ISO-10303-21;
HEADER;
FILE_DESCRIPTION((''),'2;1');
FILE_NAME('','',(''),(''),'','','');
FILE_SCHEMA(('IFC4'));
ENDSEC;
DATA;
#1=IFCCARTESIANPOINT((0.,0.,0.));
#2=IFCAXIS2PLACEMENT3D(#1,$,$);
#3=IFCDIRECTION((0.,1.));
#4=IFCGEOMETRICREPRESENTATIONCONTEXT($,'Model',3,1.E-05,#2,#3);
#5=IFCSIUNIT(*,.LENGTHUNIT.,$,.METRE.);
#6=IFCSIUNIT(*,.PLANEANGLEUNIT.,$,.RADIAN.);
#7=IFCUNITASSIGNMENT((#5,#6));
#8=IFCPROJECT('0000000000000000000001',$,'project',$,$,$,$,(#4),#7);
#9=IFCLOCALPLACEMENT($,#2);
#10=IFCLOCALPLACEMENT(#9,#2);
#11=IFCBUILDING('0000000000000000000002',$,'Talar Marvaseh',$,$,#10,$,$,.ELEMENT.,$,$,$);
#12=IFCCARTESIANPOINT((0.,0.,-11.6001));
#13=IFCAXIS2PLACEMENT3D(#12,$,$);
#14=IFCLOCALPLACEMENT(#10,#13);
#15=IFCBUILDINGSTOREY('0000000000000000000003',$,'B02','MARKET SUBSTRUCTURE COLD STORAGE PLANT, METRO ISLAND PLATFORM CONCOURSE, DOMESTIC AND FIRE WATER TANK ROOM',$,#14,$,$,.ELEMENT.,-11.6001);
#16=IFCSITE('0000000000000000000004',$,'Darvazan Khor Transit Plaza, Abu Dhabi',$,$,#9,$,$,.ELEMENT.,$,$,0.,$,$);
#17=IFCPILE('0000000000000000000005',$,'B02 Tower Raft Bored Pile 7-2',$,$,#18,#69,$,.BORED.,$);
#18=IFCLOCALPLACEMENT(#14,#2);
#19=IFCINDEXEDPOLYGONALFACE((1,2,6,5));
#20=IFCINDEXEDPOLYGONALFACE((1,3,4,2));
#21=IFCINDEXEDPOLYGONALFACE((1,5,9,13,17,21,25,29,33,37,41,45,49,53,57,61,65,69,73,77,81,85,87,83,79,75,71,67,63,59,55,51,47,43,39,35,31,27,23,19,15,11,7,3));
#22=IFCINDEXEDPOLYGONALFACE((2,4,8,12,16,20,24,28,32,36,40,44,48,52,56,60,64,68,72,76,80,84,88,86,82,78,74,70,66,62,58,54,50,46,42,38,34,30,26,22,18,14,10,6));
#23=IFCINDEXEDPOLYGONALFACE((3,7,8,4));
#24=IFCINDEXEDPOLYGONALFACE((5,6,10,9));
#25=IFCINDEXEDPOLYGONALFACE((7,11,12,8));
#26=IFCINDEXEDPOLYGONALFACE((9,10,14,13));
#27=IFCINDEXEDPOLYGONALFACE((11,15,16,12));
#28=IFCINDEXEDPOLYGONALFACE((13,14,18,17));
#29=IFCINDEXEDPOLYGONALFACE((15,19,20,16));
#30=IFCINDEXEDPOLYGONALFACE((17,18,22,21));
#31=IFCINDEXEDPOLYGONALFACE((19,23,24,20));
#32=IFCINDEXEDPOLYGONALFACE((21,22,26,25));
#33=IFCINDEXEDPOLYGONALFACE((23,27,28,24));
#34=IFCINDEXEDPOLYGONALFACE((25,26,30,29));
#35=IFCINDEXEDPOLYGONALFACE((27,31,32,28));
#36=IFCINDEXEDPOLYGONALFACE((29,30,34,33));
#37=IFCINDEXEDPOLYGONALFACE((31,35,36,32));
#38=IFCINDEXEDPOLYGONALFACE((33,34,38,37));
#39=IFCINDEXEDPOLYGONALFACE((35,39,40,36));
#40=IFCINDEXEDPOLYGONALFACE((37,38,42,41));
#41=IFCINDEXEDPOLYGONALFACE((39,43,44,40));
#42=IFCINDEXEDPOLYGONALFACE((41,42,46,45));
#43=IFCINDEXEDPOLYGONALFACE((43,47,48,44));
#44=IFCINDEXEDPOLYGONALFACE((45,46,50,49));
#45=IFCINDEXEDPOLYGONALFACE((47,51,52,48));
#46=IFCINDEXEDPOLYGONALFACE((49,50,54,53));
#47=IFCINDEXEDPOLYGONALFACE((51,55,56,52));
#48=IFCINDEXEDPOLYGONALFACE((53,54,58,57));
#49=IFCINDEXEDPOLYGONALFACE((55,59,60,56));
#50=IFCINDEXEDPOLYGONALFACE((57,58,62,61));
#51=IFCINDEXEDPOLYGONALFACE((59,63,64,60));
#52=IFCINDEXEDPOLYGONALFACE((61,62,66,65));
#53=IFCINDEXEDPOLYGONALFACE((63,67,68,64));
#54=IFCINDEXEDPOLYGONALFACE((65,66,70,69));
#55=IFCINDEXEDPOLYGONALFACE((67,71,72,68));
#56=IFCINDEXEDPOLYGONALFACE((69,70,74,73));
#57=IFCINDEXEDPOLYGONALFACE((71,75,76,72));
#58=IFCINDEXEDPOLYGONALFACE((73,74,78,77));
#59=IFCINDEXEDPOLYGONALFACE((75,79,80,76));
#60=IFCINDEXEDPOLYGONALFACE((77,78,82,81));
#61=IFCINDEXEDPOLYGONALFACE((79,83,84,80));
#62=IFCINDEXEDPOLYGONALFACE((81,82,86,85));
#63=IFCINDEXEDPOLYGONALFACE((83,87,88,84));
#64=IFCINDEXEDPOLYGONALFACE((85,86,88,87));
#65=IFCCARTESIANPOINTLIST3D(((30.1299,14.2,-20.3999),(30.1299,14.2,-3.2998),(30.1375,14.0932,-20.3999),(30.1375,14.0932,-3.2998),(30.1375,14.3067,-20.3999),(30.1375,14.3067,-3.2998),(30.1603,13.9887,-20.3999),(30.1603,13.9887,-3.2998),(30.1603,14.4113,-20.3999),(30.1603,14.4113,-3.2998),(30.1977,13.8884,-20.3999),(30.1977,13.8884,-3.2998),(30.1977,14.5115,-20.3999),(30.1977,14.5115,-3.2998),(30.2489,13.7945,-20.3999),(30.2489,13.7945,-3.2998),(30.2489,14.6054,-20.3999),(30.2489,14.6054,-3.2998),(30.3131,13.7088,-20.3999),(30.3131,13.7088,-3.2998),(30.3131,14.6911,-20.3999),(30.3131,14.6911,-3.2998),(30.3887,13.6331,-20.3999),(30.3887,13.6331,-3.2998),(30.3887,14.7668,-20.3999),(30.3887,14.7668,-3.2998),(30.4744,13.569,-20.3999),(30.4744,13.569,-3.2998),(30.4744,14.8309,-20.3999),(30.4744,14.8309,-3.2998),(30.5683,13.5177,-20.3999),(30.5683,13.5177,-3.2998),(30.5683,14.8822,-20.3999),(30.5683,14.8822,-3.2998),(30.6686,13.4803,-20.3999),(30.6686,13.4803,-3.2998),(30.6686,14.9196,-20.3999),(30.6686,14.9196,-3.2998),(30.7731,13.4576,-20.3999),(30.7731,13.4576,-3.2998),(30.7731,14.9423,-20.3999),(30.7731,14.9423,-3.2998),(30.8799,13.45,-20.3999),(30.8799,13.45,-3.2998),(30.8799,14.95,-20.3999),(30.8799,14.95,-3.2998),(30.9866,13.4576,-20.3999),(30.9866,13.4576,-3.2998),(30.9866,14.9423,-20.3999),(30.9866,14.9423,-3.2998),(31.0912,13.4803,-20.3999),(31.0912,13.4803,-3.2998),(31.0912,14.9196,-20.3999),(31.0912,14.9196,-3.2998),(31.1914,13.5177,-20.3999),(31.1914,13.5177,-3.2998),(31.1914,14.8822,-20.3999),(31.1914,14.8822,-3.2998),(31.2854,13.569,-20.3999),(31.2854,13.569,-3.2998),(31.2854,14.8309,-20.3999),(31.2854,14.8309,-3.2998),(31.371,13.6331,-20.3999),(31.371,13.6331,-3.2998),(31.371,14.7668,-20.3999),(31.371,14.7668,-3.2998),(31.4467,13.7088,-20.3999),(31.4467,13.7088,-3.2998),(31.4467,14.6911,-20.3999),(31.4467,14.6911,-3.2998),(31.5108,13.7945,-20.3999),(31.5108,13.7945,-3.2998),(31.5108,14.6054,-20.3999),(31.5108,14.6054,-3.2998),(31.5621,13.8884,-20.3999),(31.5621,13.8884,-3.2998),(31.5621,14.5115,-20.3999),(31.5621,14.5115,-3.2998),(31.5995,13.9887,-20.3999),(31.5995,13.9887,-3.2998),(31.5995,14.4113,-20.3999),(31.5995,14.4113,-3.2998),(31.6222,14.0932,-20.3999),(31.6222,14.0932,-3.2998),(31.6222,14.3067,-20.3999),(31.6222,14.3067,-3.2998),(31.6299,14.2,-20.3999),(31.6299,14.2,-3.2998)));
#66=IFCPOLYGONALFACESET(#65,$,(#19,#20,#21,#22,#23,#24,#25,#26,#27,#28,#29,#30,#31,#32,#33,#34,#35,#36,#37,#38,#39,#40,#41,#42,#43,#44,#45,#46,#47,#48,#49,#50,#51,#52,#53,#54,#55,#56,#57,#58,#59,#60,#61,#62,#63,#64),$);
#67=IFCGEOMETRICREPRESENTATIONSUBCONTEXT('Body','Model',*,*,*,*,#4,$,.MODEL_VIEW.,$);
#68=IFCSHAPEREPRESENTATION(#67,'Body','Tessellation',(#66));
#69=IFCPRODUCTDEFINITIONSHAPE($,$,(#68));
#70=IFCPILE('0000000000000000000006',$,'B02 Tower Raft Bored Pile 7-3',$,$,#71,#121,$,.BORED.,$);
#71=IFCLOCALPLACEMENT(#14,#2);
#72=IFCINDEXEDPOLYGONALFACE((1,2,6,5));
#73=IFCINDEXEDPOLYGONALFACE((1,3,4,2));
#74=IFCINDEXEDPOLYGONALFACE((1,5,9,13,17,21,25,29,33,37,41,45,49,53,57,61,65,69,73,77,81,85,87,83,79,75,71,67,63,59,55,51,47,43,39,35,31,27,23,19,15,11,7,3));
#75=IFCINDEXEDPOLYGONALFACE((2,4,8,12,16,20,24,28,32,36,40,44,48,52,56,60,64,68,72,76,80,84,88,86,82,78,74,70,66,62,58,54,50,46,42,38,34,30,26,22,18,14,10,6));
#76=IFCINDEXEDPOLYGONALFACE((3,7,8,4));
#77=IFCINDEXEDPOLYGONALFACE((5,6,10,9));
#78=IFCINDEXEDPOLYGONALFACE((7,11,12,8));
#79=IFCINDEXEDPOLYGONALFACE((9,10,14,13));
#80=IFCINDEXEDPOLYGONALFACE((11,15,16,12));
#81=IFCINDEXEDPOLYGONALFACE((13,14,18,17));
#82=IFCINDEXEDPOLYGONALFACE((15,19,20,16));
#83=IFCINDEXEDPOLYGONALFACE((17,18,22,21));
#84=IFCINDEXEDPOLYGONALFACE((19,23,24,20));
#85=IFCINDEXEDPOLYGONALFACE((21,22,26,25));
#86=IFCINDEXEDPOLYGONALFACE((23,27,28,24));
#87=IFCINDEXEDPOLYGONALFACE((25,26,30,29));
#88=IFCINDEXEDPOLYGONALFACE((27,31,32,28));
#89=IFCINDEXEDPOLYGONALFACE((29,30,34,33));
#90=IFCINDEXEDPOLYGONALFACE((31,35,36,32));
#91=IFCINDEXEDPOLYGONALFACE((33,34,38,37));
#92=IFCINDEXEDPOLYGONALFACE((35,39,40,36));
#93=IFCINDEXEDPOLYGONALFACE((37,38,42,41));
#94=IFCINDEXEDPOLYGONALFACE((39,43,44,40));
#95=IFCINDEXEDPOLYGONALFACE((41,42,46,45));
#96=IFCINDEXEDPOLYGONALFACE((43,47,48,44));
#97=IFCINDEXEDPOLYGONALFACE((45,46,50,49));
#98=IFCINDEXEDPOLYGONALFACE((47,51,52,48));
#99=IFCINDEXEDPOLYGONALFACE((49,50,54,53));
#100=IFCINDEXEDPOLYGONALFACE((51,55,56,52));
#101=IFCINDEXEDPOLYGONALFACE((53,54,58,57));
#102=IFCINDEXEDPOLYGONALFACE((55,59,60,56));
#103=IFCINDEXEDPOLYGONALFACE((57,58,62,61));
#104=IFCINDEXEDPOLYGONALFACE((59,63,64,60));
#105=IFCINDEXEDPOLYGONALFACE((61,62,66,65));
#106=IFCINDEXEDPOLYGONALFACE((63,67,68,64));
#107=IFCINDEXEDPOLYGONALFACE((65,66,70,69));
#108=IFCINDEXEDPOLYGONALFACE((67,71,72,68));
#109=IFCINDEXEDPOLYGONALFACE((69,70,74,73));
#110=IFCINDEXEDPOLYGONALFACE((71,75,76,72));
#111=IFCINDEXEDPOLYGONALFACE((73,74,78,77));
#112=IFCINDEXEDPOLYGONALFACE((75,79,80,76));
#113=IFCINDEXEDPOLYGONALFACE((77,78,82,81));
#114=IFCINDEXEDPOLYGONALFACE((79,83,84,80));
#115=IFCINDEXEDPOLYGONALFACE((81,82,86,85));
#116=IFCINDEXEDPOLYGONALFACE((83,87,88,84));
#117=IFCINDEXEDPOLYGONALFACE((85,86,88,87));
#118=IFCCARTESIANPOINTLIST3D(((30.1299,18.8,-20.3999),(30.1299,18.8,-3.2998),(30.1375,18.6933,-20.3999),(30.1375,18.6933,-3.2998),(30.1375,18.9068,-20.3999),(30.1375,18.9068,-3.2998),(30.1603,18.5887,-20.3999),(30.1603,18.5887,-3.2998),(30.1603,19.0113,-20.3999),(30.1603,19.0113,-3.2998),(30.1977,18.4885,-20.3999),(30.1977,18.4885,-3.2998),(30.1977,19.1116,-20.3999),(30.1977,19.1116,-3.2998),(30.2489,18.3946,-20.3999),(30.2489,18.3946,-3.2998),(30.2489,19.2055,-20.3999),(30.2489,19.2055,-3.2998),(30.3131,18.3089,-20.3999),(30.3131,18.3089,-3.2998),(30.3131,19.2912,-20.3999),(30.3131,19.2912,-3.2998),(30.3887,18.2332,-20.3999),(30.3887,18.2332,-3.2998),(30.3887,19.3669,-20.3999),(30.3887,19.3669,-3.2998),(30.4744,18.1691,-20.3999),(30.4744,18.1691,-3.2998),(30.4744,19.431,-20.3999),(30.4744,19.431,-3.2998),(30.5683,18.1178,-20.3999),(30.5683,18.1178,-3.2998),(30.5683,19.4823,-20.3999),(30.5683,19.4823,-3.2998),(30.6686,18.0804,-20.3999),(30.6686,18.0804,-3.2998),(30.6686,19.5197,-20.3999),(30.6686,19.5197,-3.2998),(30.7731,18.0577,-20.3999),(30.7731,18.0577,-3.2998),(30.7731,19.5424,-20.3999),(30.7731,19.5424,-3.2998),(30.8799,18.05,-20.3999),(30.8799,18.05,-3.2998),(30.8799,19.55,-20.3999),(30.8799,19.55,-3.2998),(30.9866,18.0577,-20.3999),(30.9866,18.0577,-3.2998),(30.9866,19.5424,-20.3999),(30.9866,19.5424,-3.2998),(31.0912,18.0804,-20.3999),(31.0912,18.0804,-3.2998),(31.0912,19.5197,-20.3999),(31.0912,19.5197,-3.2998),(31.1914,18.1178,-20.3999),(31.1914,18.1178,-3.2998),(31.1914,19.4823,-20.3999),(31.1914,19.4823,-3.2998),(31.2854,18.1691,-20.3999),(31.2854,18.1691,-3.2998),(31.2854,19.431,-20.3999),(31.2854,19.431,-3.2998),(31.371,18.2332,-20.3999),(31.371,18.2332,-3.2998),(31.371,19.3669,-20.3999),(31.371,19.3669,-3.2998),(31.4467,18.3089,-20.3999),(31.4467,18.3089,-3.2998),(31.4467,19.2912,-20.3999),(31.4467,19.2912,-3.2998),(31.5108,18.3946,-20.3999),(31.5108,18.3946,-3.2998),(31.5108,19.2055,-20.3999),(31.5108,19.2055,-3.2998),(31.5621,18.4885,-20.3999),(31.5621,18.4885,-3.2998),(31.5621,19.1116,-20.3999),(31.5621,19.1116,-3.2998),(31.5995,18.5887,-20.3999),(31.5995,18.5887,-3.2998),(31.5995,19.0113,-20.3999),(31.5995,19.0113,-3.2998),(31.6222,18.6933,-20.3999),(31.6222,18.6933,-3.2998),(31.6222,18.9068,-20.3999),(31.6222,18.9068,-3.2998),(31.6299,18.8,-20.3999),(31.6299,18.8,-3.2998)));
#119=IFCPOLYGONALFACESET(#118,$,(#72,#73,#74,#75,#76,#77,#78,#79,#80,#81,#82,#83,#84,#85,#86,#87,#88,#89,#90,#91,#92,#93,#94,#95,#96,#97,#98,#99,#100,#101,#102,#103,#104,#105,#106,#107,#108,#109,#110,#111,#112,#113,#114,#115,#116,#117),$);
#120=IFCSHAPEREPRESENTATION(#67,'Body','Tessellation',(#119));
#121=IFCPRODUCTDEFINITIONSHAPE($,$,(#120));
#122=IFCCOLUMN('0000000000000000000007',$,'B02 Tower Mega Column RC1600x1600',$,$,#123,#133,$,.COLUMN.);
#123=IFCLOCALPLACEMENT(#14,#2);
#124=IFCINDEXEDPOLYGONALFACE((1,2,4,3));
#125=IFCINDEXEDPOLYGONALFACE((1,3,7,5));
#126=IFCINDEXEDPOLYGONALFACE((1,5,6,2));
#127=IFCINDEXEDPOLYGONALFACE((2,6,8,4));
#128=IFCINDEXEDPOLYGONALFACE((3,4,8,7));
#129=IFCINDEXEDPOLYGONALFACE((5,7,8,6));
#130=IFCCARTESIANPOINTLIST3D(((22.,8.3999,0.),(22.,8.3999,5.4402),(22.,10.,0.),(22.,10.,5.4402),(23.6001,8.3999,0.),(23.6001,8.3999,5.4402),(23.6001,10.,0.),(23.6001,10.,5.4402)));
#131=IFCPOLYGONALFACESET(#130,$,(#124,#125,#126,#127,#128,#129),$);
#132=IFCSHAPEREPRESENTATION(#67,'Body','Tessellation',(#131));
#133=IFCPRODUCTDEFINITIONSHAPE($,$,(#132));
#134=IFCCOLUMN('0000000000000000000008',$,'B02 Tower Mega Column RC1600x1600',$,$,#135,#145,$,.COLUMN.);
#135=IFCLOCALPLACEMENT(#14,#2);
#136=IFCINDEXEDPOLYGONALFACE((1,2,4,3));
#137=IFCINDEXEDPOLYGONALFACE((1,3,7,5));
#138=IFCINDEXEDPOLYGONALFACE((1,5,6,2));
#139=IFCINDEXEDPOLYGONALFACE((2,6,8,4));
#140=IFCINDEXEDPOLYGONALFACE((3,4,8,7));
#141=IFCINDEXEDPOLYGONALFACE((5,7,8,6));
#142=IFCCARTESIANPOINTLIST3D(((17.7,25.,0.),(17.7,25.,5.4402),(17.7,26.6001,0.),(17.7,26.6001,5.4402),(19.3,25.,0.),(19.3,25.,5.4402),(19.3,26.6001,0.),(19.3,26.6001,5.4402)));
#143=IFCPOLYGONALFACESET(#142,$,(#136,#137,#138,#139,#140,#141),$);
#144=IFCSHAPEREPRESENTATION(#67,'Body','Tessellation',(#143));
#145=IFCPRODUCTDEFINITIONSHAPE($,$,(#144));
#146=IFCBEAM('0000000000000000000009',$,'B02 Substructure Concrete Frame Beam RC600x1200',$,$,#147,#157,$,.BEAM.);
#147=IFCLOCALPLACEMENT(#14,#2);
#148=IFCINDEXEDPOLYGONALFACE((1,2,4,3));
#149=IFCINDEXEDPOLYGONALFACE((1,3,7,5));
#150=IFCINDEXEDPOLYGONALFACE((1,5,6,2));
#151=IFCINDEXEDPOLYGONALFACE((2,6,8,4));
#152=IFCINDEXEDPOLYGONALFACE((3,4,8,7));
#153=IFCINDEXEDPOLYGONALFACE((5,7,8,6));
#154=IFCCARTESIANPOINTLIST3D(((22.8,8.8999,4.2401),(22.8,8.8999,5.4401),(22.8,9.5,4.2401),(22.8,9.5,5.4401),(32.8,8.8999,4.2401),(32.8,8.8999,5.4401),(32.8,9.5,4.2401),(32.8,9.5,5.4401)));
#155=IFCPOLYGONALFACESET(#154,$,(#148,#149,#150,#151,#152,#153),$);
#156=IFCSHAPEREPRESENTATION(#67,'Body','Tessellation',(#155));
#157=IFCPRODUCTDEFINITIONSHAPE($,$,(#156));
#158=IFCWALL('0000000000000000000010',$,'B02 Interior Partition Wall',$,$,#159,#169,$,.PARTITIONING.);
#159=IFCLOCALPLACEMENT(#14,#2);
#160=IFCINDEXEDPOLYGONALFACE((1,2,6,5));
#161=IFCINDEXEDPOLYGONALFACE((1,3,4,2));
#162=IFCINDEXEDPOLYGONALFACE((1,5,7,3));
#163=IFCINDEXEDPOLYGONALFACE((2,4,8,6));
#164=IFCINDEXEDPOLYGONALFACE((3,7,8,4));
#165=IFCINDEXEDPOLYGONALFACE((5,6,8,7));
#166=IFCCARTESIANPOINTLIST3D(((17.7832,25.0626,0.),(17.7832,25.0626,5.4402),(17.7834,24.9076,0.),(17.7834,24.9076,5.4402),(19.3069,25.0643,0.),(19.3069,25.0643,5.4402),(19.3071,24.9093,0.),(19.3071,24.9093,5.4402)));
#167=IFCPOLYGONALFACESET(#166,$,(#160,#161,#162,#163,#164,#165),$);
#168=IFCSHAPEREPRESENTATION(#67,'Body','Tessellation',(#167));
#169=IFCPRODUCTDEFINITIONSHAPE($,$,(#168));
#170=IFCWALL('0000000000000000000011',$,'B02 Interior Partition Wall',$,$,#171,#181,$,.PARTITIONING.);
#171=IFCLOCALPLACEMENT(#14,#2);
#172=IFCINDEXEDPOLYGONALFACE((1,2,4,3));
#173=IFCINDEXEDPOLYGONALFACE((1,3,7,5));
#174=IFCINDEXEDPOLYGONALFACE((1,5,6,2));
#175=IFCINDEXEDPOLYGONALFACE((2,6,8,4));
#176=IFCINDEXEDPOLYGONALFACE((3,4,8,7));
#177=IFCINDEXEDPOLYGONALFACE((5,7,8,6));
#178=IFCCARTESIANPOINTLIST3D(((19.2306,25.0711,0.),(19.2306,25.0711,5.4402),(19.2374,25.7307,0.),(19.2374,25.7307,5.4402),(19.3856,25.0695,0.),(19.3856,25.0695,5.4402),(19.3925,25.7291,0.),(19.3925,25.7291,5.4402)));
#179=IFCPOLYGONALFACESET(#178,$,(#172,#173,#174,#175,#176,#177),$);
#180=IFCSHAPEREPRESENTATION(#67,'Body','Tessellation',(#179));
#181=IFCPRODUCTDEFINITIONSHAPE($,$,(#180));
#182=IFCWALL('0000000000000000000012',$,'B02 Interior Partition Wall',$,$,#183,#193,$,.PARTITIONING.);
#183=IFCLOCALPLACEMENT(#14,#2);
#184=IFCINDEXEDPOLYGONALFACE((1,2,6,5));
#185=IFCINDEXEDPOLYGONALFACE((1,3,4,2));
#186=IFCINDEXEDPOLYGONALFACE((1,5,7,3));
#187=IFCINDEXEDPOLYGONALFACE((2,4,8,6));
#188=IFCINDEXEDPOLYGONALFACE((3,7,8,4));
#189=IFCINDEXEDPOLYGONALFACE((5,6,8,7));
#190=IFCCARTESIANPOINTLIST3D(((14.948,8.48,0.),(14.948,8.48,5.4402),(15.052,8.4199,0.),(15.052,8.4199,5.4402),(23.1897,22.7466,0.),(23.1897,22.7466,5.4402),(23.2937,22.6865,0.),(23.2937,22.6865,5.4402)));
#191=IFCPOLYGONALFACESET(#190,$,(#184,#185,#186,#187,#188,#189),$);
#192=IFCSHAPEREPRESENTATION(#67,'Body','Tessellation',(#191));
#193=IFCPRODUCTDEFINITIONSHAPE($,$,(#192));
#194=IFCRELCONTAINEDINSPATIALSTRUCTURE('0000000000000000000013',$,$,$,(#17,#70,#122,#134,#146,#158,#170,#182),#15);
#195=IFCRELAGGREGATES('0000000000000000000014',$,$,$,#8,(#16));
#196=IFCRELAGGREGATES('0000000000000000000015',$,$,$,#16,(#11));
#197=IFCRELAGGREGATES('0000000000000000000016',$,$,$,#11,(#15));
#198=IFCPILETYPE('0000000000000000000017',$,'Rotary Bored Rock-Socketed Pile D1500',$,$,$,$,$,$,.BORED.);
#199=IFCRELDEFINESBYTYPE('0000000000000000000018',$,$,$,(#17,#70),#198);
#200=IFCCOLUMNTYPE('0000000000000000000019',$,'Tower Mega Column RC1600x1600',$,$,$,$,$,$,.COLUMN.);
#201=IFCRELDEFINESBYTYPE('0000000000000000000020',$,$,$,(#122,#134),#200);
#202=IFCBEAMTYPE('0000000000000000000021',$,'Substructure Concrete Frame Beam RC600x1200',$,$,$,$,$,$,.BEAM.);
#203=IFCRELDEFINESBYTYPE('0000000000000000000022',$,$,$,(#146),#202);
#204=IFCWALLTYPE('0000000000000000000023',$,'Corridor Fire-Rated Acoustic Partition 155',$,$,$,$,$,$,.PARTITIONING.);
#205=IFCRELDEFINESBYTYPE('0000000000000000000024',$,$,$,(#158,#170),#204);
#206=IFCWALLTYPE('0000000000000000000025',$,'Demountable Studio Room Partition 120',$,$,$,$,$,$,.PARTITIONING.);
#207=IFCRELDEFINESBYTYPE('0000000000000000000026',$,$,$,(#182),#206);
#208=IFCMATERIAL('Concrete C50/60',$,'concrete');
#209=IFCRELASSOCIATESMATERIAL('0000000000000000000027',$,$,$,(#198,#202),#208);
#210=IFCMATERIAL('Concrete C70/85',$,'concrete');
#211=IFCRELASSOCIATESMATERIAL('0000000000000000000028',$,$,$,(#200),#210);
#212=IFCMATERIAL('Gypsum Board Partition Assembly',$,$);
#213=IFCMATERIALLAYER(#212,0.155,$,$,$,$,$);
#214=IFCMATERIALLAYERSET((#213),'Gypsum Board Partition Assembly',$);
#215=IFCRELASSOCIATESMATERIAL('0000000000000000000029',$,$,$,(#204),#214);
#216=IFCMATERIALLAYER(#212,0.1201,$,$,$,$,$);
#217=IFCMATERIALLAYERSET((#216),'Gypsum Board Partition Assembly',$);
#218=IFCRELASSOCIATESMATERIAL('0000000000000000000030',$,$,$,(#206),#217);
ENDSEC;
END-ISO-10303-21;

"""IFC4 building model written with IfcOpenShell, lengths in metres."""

from ifc_helpers import new_model, si_unit, direction, frame, frame_2d, origin, origin_2d, place, context, subcontext, project, spatial, rectangle, circle, extrude, source, transform, mapped, material, layer, layer_set, material_profile, profile_set, type_object, type_shapes, element, save


model = new_model("IFC4")

# Units and contexts
model_context = context("Model", 3, precision=1e-05, world=origin(), true_north=direction((0.0, 1.0)))
body_context = subcontext(model_context, "Body", "Model", "MODEL_VIEW")
ifc_project = project(units=[si_unit("LENGTHUNIT", "METRE"), si_unit("PLANEANGLEUNIT", "RADIAN")], contexts=[model_context])

# Site, building, storey
site_placement = place(None, origin())
site = spatial("IfcSite", under=ifc_project, at=site_placement, Name="Darvazan Khor Transit Plaza, Abu Dhabi", CompositionType="ELEMENT", RefElevation=0.0)
building_placement = place(site_placement, origin())
building = spatial("IfcBuilding", under=site, at=building_placement, Name="Talar Marvaseh", CompositionType="ELEMENT")
storey_placement = place(building_placement, frame((0.0, 0.0, -11.6001)))
storey = spatial("IfcBuildingStorey", under=building, at=storey_placement, Name="B02", Description="MARKET SUBSTRUCTURE COLD STORAGE PLANT, METRO ISLAND PLATFORM CONCOURSE, DOMESTIC AND FIRE WATER TANK ROOM", CompositionType="ELEMENT", Elevation=-11.6001)

# Piles
ifc_material_1 = material(Name="Concrete C50/60", Category="concrete")
ifc_material_profile_1 = material_profile(ifc_material_1, circle(Radius=0.75, at=origin_2d()), Name="PILE-D1500")
ifc_profile_set_1 = profile_set([ifc_material_profile_1], Name="Concrete C50/60")
pile_type_1 = type_object("IfcPileType", Name="Rotary Bored Rock-Socketed Pile D1500", PredefinedType="BORED", material=ifc_profile_set_1)
shared_shape_1 = source(origin(), body_context, "Body", "SweptSolid", [
    extrude(circle(Radius=0.75, at=origin_2d()), origin(), (0.0, 0.0, 1.0), 17.1001),
])
type_shapes(pile_type_1, [shared_shape_1])
for number, where, z_axis, x_axis, name in (
    (1, (30.8799, 14.2, -3.2998), (0.0, 0.0, -1.0), (1.0, 0.0, 0.0), "B02 Tower Raft Bored Pile 7-2"),
    (2, (30.8799, 18.8, -3.2998), (0.0, 0.0, -1.0), (1.0, 0.0, 0.0), "B02 Tower Raft Bored Pile 7-3"),
):
    element("IfcPile", number, at=place(storey_placement, frame(where, z_axis=z_axis, x_axis=x_axis)), inside=storey, type_object=pile_type_1, Name=name, PredefinedType="BORED", context=body_context, shape_type="MappedRepresentation", body=[
        mapped(shared_shape_1, transform((0.0, 0.0, 0.0), x_axis=(1.0, 0.0, 0.0), y_axis=(0.0, 1.0, 0.0), z_axis=(0.0, 0.0, 1.0), scale=1.0)),
    ])

# Columns
ifc_material_2 = material(Name="Concrete C70/85", Category="concrete")
ifc_material_profile_2 = material_profile(ifc_material_2, rectangle(XDim=1.6001, YDim=1.6001, at=origin_2d()), Name="RC1600x1600")
ifc_profile_set_2 = profile_set([ifc_material_profile_2], Name="Concrete C70/85")
column_type = type_object("IfcColumnType", Name="Tower Mega Column RC1600x1600", PredefinedType="COLUMN", material=ifc_profile_set_2)
for number, where, z_axis, x_axis, name in (
    (3, (22.8, 9.2, 0.0), (0.0, 0.0, 1.0), (1.0, 0.0, 0.0), "B02 Tower Mega Column RC1600x1600"),
    (4, (18.5, 25.8, 0.0), (0.0, 0.0, 1.0), (1.0, 0.0, 0.0), "B02 Tower Mega Column RC1600x1600"),
):
    element("IfcColumn", number, at=place(storey_placement, frame(where, z_axis=z_axis, x_axis=x_axis)), inside=storey, type_object=column_type, Name=name, PredefinedType="COLUMN", context=body_context, shape_type="SweptSolid", body=[
        extrude(rectangle(XDim=1.6001, YDim=1.6001, at=origin_2d()), origin(), (0.0, 0.0, 1.0), 5.4402),
    ])

# Beam
ifc_material_profile_3 = material_profile(ifc_material_1, rectangle(XDim=0.6001, YDim=1.2, at=origin_2d()), Name="RC600x1200")
ifc_profile_set_3 = profile_set([ifc_material_profile_3], Name="Concrete C50/60")
beam_type = type_object("IfcBeamType", Name="Substructure Concrete Frame Beam RC600x1200", PredefinedType="BEAM", material=ifc_profile_set_3)
beam_placement = place(storey_placement, frame((22.8, 9.2, 4.8401), z_axis=(1.0, 0.0, 0.0), x_axis=(0.0, 1.0, 0.0)))
element("IfcBeam", 5, at=beam_placement, inside=storey, type_object=beam_type, Name="B02 Substructure Concrete Frame Beam RC600x1200", PredefinedType="BEAM", context=body_context, shape_type="SweptSolid", body=[
    extrude(rectangle(XDim=0.6001, YDim=1.2, at=origin_2d()), origin(), (0.0, 0.0, 1.0), 10.0),
])

# Walls
ifc_material_3 = material(Name="Gypsum Board Partition Assembly")
ifc_layer_1 = layer(ifc_material_3, 0.155)
ifc_layer_set_1 = layer_set([ifc_layer_1], Name="Gypsum Board Partition Assembly")
wall_type_1 = type_object("IfcWallType", Name="Corridor Fire-Rated Acoustic Partition 155", PredefinedType="PARTITIONING", material=ifc_layer_set_1)
wall_1_placement = place(storey_placement, frame((17.7834, 24.9851, 0.0), z_axis=(0.0, 0.0, 1.0), x_axis=(0.999999, 0.001122, 0.0)))
element("IfcWall", 6, at=wall_1_placement, inside=storey, type_object=wall_type_1, Name="B02 Interior Partition Wall", PredefinedType="PARTITIONING", context=body_context, shape_type="SweptSolid", body=[
    extrude(rectangle(XDim=1.5237, YDim=0.155, at=frame_2d((0.7617, 0.0))), origin(), (0.0, 0.0, 1.0), 5.4402),
])
wall_2_placement = place(storey_placement, frame((19.3081, 25.0703, 0.0), z_axis=(0.0, 0.0, 1.0), x_axis=(0.010362, 0.999946, 0.0)))
element("IfcWall", 7, at=wall_2_placement, inside=storey, type_object=wall_type_1, Name="B02 Interior Partition Wall", PredefinedType="PARTITIONING", context=body_context, shape_type="SweptSolid", body=[
    extrude(rectangle(XDim=0.6597, YDim=0.155, at=frame_2d((0.3298, 0.0))), origin(), (0.0, 0.0, 1.0), 5.4402),
])
ifc_layer_2 = layer(ifc_material_3, 0.1201)
ifc_layer_set_2 = layer_set([ifc_layer_2], Name="Gypsum Board Partition Assembly")
wall_type_2 = type_object("IfcWallType", Name="Demountable Studio Room Partition 120", PredefinedType="PARTITIONING", material=ifc_layer_set_2)
wall_3_placement = place(storey_placement, frame((23.2417, 22.7166, 0.0), z_axis=(0.0, 0.0, 1.0), x_axis=(-0.500222, -0.865897, 0.0)))
element("IfcWall", 8, at=wall_3_placement, inside=storey, type_object=wall_type_2, Name="B02 Interior Partition Wall", PredefinedType="PARTITIONING", context=body_context, shape_type="SweptSolid", body=[
    extrude(rectangle(XDim=16.4761, YDim=0.1201, at=frame_2d((8.238, 0.0))), origin(), (0.0, 0.0, 1.0), 5.4402),
])

save(model, "model.ifc")
